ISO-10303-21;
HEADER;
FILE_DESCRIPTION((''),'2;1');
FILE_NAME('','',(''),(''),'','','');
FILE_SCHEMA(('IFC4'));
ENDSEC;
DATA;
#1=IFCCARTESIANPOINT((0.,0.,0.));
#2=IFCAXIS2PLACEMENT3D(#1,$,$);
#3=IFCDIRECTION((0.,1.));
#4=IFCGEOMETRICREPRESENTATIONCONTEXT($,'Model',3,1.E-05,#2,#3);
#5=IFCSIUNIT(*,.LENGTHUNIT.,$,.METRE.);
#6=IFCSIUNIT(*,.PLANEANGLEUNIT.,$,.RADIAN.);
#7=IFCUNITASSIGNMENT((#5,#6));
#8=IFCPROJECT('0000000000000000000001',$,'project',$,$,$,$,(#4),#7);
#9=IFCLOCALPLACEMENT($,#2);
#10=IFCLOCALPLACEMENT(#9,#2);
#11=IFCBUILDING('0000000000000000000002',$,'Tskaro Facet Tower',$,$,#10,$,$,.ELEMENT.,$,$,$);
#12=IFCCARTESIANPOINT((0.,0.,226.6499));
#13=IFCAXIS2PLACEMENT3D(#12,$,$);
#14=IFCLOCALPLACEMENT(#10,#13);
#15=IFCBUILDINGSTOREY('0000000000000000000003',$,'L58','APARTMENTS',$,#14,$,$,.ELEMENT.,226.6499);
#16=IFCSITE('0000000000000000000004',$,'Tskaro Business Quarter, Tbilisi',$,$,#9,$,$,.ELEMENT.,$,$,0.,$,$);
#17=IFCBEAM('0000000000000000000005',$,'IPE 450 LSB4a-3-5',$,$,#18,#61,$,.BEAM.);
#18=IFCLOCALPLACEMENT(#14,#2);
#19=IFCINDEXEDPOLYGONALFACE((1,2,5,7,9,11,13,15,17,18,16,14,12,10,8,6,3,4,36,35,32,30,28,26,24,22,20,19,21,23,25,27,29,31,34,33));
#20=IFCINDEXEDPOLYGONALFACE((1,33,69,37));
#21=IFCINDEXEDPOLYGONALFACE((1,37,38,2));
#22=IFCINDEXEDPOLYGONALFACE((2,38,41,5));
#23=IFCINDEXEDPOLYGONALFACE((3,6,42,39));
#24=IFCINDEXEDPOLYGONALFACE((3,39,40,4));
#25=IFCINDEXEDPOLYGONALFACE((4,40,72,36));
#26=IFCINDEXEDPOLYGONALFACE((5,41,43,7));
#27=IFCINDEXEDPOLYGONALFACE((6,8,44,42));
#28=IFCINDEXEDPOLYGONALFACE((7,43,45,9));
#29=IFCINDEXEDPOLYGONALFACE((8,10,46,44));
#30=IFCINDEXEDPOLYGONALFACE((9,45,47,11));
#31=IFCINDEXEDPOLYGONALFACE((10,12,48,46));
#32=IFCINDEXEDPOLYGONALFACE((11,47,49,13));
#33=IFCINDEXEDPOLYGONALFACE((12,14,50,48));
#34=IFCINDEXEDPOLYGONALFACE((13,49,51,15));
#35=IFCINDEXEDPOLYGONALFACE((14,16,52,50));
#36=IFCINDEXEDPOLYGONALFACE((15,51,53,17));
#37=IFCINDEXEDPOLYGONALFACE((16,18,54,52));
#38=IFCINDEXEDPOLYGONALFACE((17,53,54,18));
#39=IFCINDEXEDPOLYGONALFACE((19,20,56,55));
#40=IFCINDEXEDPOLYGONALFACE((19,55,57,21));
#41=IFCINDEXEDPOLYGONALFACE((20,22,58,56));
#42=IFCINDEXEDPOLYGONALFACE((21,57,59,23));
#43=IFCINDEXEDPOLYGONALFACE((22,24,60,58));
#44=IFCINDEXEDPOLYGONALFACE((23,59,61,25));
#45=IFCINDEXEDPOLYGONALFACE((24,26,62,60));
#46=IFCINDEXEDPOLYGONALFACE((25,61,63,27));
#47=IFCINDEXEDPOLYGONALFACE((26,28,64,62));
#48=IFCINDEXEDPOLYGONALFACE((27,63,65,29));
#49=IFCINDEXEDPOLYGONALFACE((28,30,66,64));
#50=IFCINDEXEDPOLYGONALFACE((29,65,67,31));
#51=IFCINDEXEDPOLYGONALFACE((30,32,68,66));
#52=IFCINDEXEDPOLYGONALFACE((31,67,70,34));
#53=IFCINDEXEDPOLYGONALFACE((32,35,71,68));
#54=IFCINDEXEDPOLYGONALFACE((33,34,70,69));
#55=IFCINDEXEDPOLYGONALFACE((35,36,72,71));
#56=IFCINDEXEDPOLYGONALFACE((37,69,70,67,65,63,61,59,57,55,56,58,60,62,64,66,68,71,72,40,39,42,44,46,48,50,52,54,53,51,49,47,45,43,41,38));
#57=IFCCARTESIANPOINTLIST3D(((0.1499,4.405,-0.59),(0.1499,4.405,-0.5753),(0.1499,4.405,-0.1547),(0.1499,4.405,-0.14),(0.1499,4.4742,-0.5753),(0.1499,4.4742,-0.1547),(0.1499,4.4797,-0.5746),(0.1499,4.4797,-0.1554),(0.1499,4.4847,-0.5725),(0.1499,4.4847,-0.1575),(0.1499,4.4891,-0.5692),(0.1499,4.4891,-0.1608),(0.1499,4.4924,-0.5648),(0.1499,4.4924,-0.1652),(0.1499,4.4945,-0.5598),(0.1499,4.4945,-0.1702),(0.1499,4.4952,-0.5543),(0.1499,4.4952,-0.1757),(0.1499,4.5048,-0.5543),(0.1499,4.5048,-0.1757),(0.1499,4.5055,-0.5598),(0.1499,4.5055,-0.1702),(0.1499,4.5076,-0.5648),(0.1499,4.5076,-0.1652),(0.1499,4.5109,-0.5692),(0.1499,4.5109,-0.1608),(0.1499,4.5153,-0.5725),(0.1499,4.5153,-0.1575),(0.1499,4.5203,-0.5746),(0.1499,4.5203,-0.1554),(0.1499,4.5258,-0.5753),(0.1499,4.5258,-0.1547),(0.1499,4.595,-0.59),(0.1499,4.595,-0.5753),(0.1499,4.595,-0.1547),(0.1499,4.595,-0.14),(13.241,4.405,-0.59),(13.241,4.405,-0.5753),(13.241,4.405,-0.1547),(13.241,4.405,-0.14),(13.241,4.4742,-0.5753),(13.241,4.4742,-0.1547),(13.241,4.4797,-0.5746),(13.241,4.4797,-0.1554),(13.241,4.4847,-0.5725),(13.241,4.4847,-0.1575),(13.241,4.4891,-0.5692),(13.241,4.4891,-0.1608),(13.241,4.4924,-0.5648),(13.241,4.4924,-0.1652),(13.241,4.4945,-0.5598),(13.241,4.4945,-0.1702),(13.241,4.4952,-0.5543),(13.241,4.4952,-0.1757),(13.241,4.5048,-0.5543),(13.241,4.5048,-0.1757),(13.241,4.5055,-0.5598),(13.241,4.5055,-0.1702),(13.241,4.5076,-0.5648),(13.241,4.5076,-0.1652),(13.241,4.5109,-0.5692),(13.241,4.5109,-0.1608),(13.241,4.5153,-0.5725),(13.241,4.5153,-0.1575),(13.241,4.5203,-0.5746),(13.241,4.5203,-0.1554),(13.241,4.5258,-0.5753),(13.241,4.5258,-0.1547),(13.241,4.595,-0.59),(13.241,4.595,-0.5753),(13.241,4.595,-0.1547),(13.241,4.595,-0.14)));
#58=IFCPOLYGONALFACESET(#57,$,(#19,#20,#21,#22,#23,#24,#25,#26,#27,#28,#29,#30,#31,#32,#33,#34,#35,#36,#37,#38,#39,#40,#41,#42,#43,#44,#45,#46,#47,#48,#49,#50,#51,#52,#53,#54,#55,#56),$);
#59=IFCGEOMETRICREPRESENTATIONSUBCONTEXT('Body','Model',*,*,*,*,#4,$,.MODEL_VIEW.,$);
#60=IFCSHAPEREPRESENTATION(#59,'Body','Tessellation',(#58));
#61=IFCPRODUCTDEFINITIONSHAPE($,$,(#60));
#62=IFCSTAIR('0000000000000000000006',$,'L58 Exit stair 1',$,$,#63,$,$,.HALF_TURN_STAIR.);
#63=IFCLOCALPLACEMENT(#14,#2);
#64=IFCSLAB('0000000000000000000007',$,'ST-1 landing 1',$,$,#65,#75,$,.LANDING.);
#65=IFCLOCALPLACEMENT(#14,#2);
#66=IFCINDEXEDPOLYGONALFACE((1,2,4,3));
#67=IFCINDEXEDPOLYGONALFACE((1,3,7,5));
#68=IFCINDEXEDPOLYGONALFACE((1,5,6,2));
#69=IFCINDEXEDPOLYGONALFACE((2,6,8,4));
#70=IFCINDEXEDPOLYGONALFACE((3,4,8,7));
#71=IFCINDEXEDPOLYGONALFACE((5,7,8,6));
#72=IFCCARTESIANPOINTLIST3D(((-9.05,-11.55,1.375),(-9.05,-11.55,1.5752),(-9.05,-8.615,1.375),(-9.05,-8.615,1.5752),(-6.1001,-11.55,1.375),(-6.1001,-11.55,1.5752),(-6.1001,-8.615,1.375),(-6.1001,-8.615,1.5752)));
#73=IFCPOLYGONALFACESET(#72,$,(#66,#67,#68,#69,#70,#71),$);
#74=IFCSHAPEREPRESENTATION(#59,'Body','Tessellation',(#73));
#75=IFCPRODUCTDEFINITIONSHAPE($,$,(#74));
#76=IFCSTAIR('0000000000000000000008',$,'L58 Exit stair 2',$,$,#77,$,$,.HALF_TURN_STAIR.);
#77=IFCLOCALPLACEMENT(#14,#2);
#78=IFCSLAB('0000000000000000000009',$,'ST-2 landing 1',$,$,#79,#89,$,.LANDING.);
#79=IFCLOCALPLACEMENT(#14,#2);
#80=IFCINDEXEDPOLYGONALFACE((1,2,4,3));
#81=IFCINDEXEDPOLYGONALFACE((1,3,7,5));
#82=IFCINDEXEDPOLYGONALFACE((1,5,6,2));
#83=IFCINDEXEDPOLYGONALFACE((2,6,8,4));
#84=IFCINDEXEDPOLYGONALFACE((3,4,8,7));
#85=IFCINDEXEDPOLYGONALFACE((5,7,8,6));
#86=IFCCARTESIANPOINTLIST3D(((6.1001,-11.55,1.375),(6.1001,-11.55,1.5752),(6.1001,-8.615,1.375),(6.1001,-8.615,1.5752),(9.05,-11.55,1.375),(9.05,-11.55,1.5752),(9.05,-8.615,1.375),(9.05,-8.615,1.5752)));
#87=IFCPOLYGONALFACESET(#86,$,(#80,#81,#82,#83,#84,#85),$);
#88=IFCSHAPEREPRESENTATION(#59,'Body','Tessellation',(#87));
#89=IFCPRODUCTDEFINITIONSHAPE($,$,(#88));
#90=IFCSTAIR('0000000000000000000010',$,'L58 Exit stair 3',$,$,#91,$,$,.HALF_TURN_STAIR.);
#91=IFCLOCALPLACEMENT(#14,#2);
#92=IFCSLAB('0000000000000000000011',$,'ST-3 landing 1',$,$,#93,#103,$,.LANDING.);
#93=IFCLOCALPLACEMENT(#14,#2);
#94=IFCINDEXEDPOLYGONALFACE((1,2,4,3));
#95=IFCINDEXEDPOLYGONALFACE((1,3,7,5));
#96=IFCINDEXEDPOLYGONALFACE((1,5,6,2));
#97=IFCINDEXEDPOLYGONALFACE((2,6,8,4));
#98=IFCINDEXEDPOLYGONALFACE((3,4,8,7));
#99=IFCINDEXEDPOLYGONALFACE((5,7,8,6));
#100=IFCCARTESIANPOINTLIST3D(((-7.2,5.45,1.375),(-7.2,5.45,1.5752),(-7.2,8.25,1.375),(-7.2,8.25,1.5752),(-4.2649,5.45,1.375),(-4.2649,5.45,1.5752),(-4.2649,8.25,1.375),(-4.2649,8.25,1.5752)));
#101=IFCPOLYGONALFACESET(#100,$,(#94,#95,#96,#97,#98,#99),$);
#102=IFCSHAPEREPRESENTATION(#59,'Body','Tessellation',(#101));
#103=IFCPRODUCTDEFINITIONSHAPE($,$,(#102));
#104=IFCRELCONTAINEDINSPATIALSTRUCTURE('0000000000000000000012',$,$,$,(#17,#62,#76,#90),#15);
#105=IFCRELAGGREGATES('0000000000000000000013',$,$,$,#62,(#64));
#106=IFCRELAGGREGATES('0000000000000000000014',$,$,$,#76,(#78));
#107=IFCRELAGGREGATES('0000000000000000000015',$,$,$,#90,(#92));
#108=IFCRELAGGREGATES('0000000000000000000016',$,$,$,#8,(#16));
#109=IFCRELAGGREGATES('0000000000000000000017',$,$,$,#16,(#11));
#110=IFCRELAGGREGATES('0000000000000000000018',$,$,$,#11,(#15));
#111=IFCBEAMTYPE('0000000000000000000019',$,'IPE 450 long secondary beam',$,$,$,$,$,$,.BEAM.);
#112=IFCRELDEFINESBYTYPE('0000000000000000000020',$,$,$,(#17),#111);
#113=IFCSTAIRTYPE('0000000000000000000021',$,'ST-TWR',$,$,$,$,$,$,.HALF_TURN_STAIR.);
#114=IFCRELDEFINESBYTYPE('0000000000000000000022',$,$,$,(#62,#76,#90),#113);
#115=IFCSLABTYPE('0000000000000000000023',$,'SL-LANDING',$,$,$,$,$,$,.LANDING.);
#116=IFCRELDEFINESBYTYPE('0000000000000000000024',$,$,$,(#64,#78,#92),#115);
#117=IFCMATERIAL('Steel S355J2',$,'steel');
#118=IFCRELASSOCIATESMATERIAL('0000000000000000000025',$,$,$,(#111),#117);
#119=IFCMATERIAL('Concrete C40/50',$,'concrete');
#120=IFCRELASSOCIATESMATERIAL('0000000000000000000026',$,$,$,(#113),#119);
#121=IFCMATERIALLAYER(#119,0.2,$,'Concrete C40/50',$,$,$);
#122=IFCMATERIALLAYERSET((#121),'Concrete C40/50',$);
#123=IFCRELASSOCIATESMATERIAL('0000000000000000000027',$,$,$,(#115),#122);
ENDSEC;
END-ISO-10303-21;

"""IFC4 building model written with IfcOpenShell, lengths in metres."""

from ifc_helpers import new_model, si_unit, direction, frame, origin, origin_2d, place, context, subcontext, project, spatial, polyline, i_section, outline, extrude, material, layer, layer_set, material_profile, profile_set, type_object, element, aggregate, save


model = new_model("IFC4")

# Units and contexts
model_context = context("Model", 3, precision=1e-05, world=origin(), true_north=direction((0.0, 1.0)))
body_context = subcontext(model_context, "Body", "Model", "MODEL_VIEW")
ifc_project = project(units=[si_unit("LENGTHUNIT", "METRE"), si_unit("PLANEANGLEUNIT", "RADIAN")], contexts=[model_context])

# Site, building, storey
site_placement = place(None, origin())
site = spatial("IfcSite", under=ifc_project, at=site_placement, Name="Tskaro Business Quarter, Tbilisi", CompositionType="ELEMENT", RefElevation=0.0)
building_placement = place(site_placement, origin())
building = spatial("IfcBuilding", under=site, at=building_placement, Name="Tskaro Facet Tower", CompositionType="ELEMENT")
storey_placement = place(building_placement, frame((0.0, 0.0, 226.6499)))
storey = spatial("IfcBuildingStorey", under=building, at=storey_placement, Name="L58", Description="APARTMENTS", CompositionType="ELEMENT", Elevation=226.6499)

# Beam
ifc_material_1 = material(Name="Steel S355J2", Category="steel")
ifc_material_profile_1 = material_profile(ifc_material_1, i_section(OverallWidth=0.1899, OverallDepth=0.45, WebThickness=0.0095, FlangeThickness=0.0146, FilletRadius=0.021, at=origin_2d()), Name="IPE 450")
ifc_profile_set_1 = profile_set([ifc_material_profile_1], Name="Steel S355J2")
beam_type_1 = type_object("IfcBeamType", Name="IPE 450 long secondary beam", PredefinedType="BEAM", material=ifc_profile_set_1)
beam_1_placement = place(storey_placement, frame((0.1499, 4.5, -0.365), z_axis=(1.0, 0.0, 0.0), x_axis=(0.0, 1.0, 0.0)))
element("IfcBeam", 1, at=beam_1_placement, inside=storey, type_object=beam_type_1, Name="IPE 450 LSB4a-3-5", PredefinedType="BEAM", context=body_context, shape_type="SweptSolid", body=[
    extrude(i_section(OverallWidth=0.1899, OverallDepth=0.45, WebThickness=0.0095, FlangeThickness=0.0146, FilletRadius=0.021, at=origin_2d()), origin(), (0.0, 0.0, 1.0), 13.0911),
])

# Stairs, slabs
ifc_material_2 = material(Name="Concrete C40/50", Category="concrete")
stair_type = type_object("IfcStairType", Name="ST-TWR", PredefinedType="HALF_TURN_STAIR", material=ifc_material_2)
stair_1_placement = place(storey_placement, origin())
stair_1 = element("IfcStair", 2, at=stair_1_placement, inside=storey, type_object=stair_type, Name="L58 Exit stair 1", PredefinedType="HALF_TURN_STAIR")
ifc_layer_1 = layer(ifc_material_2, 0.2, Name="Concrete C40/50")
ifc_layer_set_1 = layer_set([ifc_layer_1], Name="Concrete C40/50")
slab_type_1 = type_object("IfcSlabType", Name="SL-LANDING", PredefinedType="LANDING", material=ifc_layer_set_1)
slab_1_placement = place(storey_placement, frame((0.0, 0.0, 1.375)))
slab_1 = element("IfcSlab", 3, at=slab_1_placement, type_object=slab_type_1, Name="ST-1 landing 1", PredefinedType="LANDING", context=body_context, shape_type="SweptSolid", body=[
    extrude(outline(polyline([(-9.05, -11.55), (-6.1001, -11.55), (-6.1001, -8.615), (-9.05, -8.615), (-9.05, -11.55)])), origin(), (0.0, 0.0, 1.0), 0.2002),
])
aggregate(stair_1, [slab_1])
stair_2_placement = place(storey_placement, origin())
stair_2 = element("IfcStair", 4, at=stair_2_placement, inside=storey, type_object=stair_type, Name="L58 Exit stair 2", PredefinedType="HALF_TURN_STAIR")
slab_2_placement = place(storey_placement, frame((0.0, 0.0, 1.375)))
slab_2 = element("IfcSlab", 5, at=slab_2_placement, type_object=slab_type_1, Name="ST-2 landing 1", PredefinedType="LANDING", context=body_context, shape_type="SweptSolid", body=[
    extrude(outline(polyline([(6.1001, -11.55), (9.05, -11.55), (9.05, -8.615), (6.1001, -8.615), (6.1001, -11.55)])), origin(), (0.0, 0.0, 1.0), 0.2002),
])
aggregate(stair_2, [slab_2])
stair_3_placement = place(storey_placement, origin())
stair_3 = element("IfcStair", 6, at=stair_3_placement, inside=storey, type_object=stair_type, Name="L58 Exit stair 3", PredefinedType="HALF_TURN_STAIR")
slab_3_placement = place(storey_placement, frame((0.0, 0.0, 1.375)))
slab_3 = element("IfcSlab", 7, at=slab_3_placement, type_object=slab_type_1, Name="ST-3 landing 1", PredefinedType="LANDING", context=body_context, shape_type="SweptSolid", body=[
    extrude(outline(polyline([(-7.2, 5.45), (-4.2649, 5.45), (-4.2649, 8.25), (-7.2, 8.25), (-7.2, 5.45)])), origin(), (0.0, 0.0, 1.0), 0.2002),
])

aggregate(stair_3, [slab_3])

save(model, "model.ifc")
